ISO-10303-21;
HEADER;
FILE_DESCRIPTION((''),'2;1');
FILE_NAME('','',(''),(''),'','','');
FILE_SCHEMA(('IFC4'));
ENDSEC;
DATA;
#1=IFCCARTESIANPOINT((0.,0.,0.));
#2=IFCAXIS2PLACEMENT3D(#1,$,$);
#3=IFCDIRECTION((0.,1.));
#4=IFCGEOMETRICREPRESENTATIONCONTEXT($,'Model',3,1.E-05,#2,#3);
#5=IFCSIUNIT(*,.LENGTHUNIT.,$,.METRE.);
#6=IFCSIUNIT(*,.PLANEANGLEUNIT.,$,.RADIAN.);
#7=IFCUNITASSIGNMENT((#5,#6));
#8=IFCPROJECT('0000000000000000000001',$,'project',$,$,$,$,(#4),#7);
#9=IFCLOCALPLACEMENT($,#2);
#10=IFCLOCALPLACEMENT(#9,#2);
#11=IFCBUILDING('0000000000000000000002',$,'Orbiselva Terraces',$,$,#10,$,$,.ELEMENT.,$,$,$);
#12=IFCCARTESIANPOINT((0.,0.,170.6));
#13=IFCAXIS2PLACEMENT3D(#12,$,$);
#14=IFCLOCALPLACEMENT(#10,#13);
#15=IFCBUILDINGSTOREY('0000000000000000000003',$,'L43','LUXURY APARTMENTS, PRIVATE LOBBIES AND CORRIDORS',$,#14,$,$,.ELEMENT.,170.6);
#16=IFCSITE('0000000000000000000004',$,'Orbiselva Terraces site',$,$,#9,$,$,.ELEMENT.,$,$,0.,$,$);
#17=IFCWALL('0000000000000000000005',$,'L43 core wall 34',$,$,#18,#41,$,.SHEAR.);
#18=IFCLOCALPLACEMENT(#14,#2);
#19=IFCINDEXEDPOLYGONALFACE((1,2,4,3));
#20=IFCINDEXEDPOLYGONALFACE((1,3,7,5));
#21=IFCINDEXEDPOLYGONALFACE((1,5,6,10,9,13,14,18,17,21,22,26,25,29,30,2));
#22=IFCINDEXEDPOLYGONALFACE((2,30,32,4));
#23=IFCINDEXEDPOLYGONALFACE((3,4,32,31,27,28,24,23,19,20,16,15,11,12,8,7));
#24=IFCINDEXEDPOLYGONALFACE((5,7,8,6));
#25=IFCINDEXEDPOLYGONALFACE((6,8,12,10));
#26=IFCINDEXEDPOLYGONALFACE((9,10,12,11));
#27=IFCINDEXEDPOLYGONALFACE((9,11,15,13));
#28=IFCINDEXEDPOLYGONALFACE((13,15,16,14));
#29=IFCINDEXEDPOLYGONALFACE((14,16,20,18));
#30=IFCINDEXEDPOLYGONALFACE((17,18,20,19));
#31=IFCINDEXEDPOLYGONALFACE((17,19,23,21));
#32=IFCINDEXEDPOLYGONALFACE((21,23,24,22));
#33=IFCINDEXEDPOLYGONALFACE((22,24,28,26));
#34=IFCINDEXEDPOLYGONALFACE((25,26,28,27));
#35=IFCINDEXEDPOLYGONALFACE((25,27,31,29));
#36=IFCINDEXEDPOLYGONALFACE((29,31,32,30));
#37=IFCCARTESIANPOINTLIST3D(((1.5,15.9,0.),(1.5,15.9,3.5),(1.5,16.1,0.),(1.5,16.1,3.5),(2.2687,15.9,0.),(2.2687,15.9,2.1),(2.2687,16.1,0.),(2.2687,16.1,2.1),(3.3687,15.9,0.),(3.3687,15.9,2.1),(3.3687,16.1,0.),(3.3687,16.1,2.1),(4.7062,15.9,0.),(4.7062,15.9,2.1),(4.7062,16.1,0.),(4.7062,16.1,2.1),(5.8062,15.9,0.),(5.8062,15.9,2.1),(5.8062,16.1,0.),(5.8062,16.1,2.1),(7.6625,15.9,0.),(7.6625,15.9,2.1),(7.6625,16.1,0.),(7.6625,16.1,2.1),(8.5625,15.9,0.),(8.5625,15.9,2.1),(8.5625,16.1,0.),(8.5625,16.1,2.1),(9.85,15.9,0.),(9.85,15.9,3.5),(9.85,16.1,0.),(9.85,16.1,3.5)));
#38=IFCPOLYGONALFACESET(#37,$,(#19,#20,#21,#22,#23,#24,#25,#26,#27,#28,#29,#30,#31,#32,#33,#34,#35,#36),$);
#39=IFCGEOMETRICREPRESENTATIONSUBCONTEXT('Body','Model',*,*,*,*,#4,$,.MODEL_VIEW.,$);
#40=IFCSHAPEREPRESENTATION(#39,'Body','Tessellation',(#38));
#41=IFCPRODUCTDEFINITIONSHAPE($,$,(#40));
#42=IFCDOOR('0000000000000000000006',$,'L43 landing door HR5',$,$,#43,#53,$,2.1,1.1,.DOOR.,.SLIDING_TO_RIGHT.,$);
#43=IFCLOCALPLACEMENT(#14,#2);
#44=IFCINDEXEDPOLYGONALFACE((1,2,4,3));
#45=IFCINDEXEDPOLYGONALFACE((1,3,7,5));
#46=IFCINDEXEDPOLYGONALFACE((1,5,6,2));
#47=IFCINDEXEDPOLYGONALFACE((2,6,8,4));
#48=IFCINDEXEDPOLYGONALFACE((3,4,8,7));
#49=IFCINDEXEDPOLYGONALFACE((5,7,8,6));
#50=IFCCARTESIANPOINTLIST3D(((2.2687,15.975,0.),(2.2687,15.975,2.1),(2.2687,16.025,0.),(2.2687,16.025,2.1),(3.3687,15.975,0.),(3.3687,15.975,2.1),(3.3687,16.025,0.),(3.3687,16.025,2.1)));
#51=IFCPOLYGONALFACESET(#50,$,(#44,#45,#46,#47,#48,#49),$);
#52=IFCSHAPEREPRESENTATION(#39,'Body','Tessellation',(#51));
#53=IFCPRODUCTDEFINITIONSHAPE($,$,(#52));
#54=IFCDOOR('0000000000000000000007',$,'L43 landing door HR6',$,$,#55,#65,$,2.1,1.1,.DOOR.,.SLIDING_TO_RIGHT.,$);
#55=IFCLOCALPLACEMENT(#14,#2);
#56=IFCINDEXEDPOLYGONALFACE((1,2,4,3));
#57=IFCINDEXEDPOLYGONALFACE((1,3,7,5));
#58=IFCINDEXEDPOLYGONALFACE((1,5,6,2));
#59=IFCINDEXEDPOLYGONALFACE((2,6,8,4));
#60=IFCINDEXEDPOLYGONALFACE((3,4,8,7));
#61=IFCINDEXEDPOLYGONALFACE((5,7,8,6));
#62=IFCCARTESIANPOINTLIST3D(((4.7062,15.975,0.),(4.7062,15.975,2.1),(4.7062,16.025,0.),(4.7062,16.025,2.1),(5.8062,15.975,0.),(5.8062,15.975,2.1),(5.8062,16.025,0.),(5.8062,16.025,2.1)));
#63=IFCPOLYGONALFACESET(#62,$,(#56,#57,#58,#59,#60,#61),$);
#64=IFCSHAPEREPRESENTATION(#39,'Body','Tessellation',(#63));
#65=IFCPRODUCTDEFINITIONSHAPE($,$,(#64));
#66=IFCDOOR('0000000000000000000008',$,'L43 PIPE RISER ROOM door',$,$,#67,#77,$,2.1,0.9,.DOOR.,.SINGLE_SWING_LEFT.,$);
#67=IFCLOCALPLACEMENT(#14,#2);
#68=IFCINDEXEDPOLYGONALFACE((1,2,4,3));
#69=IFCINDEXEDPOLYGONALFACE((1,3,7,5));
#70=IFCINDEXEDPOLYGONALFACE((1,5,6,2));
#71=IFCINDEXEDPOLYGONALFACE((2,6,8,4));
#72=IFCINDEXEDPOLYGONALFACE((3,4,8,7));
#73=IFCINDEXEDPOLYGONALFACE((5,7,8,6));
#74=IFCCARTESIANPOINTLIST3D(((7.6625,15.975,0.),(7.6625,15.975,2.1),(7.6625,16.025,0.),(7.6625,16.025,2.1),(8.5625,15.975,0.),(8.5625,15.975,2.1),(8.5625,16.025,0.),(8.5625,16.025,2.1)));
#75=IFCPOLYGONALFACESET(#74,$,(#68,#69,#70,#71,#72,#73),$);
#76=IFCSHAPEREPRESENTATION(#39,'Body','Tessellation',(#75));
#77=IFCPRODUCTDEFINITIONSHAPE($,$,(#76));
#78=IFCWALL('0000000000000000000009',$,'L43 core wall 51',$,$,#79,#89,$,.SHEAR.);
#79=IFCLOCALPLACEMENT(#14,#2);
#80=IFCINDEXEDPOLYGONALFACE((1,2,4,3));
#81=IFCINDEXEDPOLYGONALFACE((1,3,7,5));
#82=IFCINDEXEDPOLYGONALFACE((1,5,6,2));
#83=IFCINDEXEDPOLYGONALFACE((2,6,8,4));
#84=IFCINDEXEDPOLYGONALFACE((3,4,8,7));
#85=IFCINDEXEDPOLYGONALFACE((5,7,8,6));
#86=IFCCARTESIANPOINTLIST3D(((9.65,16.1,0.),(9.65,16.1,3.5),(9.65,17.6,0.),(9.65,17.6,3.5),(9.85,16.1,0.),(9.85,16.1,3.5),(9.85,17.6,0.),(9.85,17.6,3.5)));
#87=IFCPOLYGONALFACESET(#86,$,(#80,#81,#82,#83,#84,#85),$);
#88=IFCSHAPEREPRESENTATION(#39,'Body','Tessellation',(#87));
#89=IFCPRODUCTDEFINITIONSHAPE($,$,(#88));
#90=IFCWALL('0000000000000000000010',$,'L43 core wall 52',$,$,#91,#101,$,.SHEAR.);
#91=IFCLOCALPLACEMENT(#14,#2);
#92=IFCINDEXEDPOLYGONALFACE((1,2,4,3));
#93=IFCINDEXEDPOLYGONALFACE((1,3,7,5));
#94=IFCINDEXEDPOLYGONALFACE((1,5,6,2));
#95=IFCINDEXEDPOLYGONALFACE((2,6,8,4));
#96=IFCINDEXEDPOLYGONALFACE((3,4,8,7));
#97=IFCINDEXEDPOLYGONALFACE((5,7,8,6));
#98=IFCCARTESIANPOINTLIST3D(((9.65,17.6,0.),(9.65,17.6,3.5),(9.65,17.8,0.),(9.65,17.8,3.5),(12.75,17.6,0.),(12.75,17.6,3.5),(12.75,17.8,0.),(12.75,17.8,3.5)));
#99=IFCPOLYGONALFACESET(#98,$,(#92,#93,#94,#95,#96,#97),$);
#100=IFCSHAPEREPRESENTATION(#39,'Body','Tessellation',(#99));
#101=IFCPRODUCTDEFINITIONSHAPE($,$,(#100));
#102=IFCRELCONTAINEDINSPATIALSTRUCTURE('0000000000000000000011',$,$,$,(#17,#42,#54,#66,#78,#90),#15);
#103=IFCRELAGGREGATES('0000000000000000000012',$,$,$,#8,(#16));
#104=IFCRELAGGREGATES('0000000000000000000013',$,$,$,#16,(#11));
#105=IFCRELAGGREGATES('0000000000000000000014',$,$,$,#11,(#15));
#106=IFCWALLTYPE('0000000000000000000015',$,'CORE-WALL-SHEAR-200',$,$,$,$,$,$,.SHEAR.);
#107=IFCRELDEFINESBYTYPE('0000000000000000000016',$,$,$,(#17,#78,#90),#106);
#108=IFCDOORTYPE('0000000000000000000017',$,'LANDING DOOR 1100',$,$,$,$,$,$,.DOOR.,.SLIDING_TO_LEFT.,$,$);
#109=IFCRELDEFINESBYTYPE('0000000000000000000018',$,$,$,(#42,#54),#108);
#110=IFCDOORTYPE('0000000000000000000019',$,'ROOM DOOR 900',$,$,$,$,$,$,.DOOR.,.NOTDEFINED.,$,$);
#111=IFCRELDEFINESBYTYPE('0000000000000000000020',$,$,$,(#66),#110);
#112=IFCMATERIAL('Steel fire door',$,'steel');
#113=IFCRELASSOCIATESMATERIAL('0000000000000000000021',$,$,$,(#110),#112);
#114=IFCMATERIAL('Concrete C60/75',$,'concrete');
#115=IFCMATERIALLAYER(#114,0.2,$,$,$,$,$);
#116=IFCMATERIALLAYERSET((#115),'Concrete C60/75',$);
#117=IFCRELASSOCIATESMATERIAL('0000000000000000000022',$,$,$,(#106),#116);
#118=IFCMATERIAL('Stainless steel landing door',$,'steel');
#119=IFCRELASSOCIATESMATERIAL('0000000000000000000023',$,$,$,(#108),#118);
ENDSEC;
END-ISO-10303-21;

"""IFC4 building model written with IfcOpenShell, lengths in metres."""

from ifc_helpers import new_model, si_unit, direction, frame, frame_2d, origin, place, context, subcontext, project, spatial, rectangle, extrude, material, layer, layer_set, type_object, element, fill, save


model = new_model("IFC4")

# Units and contexts
model_context = context("Model", 3, precision=1e-05, world=origin(), true_north=direction((0.0, 1.0)))
body_context = subcontext(model_context, "Body", "Model", "MODEL_VIEW")
ifc_project = project(units=[si_unit("LENGTHUNIT", "METRE"), si_unit("PLANEANGLEUNIT", "RADIAN")], contexts=[model_context])

# Site, building, storey
site_placement = place(None, origin())
site = spatial("IfcSite", under=ifc_project, at=site_placement, Name="Orbiselva Terraces site", CompositionType="ELEMENT", RefElevation=0.0)
building_placement = place(site_placement, origin())
building = spatial("IfcBuilding", under=site, at=building_placement, Name="Orbiselva Terraces", CompositionType="ELEMENT")
storey_placement = place(building_placement, frame((0.0, 0.0, 170.6)))
storey = spatial("IfcBuildingStorey", under=building, at=storey_placement, Name="L43", Description="LUXURY APARTMENTS, PRIVATE LOBBIES AND CORRIDORS", CompositionType="ELEMENT", Elevation=170.6)

# Shared definitions
ifc_material_1 = material(Name="Steel fire door", Category="steel")
door_type_1 = type_object("IfcDoorType", Name="ROOM DOOR 900", OperationType="NOTDEFINED", PredefinedType="DOOR", material=ifc_material_1)

# Shared definitions
ifc_material_2 = material(Name="Concrete C60/75", Category="concrete")
ifc_layer_1 = layer(ifc_material_2, 0.2)
ifc_layer_set_1 = layer_set([ifc_layer_1], Name="Concrete C60/75")
wall_type_1 = type_object("IfcWallType", Name="CORE-WALL-SHEAR-200", PredefinedType="SHEAR", material=ifc_layer_set_1)

# Wall, openings, doors
wall_1_placement = place(storey_placement, frame((9.85, 16.0, 0.0), z_axis=(0.0, 0.0, 1.0), x_axis=(-1.0, 0.0, 0.0)))
wall_1 = element("IfcWall", 1, at=wall_1_placement, inside=storey, type_object=wall_type_1, Name="L43 core wall 34", PredefinedType="SHEAR", context=body_context, shape_type="SweptSolid", body=[
    extrude(rectangle(XDim=8.35, YDim=0.2, at=frame_2d((4.175, 0.0))), origin(), (0.0, 0.0, 1.0), 3.5),
])
opening_1_placement = place(wall_1_placement, frame((6.4813, 0.0, 0.0)))
opening_1 = element("IfcOpeningElement", 2, at=opening_1_placement, cuts=wall_1, PredefinedType="OPENING", context=body_context, shape_type="SweptSolid", body=[
    extrude(rectangle(XDim=1.1, YDim=2.1, at=frame_2d((0.55, 1.05))), frame((0.0, 0.11, 0.0), z_axis=(0.0, -1.0, 0.0), x_axis=(1.0, 0.0, 0.0)), (0.0, 0.0, 1.0), 0.22),
])
opening_2_placement = place(wall_1_placement, frame((4.0438, 0.0, 0.0)))
opening_2 = element("IfcOpeningElement", 3, at=opening_2_placement, cuts=wall_1, PredefinedType="OPENING", context=body_context, shape_type="SweptSolid", body=[
    extrude(rectangle(XDim=1.1, YDim=2.1, at=frame_2d((0.55, 1.05))), frame((0.0, 0.11, 0.0), z_axis=(0.0, -1.0, 0.0), x_axis=(1.0, 0.0, 0.0)), (0.0, 0.0, 1.0), 0.22),
])
opening_3_placement = place(wall_1_placement, frame((1.2875, 0.0, 0.0)))
opening_3 = element("IfcOpeningElement", 4, at=opening_3_placement, cuts=wall_1, PredefinedType="OPENING", context=body_context, shape_type="SweptSolid", body=[
    extrude(rectangle(XDim=0.9, YDim=2.1, at=frame_2d((0.45, 1.05))), frame((0.0, 0.11, 0.0), z_axis=(0.0, -1.0, 0.0), x_axis=(1.0, 0.0, 0.0)), (0.0, 0.0, 1.0), 0.22),
])
ifc_material_3 = material(Name="Stainless steel landing door", Category="steel")
door_type_2 = type_object("IfcDoorType", Name="LANDING DOOR 1100", OperationType="SLIDING_TO_LEFT", PredefinedType="DOOR", material=ifc_material_3)
door_1_placement = place(opening_1_placement, origin())
door_1 = element("IfcDoor", 5, at=door_1_placement, inside=storey, type_object=door_type_2, Name="L43 landing door HR5", OperationType="SLIDING_TO_RIGHT", OverallHeight=2.1, OverallWidth=1.1, PredefinedType="DOOR", context=body_context, shape_type="SweptSolid", body=[
    extrude(rectangle(XDim=1.1, YDim=2.1, at=frame_2d((0.55, 1.05))), frame((0.0, 0.025, 0.0), z_axis=(0.0, -1.0, 0.0), x_axis=(1.0, 0.0, 0.0)), (0.0, 0.0, 1.0), 0.05),
])
fill(opening_1, door_1)
door_2_placement = place(opening_2_placement, origin())
door_2 = element("IfcDoor", 6, at=door_2_placement, inside=storey, type_object=door_type_2, Name="L43 landing door HR6", OperationType="SLIDING_TO_RIGHT", OverallHeight=2.1, OverallWidth=1.1, PredefinedType="DOOR", context=body_context, shape_type="SweptSolid", body=[
    extrude(rectangle(XDim=1.1, YDim=2.1, at=frame_2d((0.55, 1.05))), frame((0.0, 0.025, 0.0), z_axis=(0.0, -1.0, 0.0), x_axis=(1.0, 0.0, 0.0)), (0.0, 0.0, 1.0), 0.05),
])
fill(opening_2, door_2)
door_3_placement = place(opening_3_placement, origin())
door_3 = element("IfcDoor", 7, at=door_3_placement, inside=storey, type_object=door_type_1, Name="L43 PIPE RISER ROOM door", OperationType="SINGLE_SWING_LEFT", OverallHeight=2.1, OverallWidth=0.9, PredefinedType="DOOR", context=body_context, shape_type="SweptSolid", body=[
    extrude(rectangle(XDim=0.9, YDim=2.1, at=frame_2d((0.45, 1.05))), frame((0.0, 0.025, 0.0), z_axis=(0.0, -1.0, 0.0), x_axis=(1.0, 0.0, 0.0)), (0.0, 0.0, 1.0), 0.05),
])
fill(opening_3, door_3)

# Walls
wall_2_placement = place(storey_placement, frame((9.75, 16.1, 0.0), z_axis=(0.0, 0.0, 1.0), x_axis=(0.0, 1.0, 0.0)))
element("IfcWall", 8, at=wall_2_placement, inside=storey, type_object=wall_type_1, Name="L43 core wall 51", PredefinedType="SHEAR", context=body_context, shape_type="SweptSolid", body=[
    extrude(rectangle(XDim=1.5, YDim=0.2, at=frame_2d((0.75, 0.0))), origin(), (0.0, 0.0, 1.0), 3.5),
])
wall_3_placement = place(storey_placement, frame((9.65, 17.7, 0.0), z_axis=(0.0, 0.0, 1.0), x_axis=(1.0, 0.0, 0.0)))
element("IfcWall", 9, at=wall_3_placement, inside=storey, type_object=wall_type_1, Name="L43 core wall 52", PredefinedType="SHEAR", context=body_context, shape_type="SweptSolid", body=[
    extrude(rectangle(XDim=3.1, YDim=0.2, at=frame_2d((1.55, 0.0))), origin(), (0.0, 0.0, 1.0), 3.5),
])

save(model, "model.ifc")
